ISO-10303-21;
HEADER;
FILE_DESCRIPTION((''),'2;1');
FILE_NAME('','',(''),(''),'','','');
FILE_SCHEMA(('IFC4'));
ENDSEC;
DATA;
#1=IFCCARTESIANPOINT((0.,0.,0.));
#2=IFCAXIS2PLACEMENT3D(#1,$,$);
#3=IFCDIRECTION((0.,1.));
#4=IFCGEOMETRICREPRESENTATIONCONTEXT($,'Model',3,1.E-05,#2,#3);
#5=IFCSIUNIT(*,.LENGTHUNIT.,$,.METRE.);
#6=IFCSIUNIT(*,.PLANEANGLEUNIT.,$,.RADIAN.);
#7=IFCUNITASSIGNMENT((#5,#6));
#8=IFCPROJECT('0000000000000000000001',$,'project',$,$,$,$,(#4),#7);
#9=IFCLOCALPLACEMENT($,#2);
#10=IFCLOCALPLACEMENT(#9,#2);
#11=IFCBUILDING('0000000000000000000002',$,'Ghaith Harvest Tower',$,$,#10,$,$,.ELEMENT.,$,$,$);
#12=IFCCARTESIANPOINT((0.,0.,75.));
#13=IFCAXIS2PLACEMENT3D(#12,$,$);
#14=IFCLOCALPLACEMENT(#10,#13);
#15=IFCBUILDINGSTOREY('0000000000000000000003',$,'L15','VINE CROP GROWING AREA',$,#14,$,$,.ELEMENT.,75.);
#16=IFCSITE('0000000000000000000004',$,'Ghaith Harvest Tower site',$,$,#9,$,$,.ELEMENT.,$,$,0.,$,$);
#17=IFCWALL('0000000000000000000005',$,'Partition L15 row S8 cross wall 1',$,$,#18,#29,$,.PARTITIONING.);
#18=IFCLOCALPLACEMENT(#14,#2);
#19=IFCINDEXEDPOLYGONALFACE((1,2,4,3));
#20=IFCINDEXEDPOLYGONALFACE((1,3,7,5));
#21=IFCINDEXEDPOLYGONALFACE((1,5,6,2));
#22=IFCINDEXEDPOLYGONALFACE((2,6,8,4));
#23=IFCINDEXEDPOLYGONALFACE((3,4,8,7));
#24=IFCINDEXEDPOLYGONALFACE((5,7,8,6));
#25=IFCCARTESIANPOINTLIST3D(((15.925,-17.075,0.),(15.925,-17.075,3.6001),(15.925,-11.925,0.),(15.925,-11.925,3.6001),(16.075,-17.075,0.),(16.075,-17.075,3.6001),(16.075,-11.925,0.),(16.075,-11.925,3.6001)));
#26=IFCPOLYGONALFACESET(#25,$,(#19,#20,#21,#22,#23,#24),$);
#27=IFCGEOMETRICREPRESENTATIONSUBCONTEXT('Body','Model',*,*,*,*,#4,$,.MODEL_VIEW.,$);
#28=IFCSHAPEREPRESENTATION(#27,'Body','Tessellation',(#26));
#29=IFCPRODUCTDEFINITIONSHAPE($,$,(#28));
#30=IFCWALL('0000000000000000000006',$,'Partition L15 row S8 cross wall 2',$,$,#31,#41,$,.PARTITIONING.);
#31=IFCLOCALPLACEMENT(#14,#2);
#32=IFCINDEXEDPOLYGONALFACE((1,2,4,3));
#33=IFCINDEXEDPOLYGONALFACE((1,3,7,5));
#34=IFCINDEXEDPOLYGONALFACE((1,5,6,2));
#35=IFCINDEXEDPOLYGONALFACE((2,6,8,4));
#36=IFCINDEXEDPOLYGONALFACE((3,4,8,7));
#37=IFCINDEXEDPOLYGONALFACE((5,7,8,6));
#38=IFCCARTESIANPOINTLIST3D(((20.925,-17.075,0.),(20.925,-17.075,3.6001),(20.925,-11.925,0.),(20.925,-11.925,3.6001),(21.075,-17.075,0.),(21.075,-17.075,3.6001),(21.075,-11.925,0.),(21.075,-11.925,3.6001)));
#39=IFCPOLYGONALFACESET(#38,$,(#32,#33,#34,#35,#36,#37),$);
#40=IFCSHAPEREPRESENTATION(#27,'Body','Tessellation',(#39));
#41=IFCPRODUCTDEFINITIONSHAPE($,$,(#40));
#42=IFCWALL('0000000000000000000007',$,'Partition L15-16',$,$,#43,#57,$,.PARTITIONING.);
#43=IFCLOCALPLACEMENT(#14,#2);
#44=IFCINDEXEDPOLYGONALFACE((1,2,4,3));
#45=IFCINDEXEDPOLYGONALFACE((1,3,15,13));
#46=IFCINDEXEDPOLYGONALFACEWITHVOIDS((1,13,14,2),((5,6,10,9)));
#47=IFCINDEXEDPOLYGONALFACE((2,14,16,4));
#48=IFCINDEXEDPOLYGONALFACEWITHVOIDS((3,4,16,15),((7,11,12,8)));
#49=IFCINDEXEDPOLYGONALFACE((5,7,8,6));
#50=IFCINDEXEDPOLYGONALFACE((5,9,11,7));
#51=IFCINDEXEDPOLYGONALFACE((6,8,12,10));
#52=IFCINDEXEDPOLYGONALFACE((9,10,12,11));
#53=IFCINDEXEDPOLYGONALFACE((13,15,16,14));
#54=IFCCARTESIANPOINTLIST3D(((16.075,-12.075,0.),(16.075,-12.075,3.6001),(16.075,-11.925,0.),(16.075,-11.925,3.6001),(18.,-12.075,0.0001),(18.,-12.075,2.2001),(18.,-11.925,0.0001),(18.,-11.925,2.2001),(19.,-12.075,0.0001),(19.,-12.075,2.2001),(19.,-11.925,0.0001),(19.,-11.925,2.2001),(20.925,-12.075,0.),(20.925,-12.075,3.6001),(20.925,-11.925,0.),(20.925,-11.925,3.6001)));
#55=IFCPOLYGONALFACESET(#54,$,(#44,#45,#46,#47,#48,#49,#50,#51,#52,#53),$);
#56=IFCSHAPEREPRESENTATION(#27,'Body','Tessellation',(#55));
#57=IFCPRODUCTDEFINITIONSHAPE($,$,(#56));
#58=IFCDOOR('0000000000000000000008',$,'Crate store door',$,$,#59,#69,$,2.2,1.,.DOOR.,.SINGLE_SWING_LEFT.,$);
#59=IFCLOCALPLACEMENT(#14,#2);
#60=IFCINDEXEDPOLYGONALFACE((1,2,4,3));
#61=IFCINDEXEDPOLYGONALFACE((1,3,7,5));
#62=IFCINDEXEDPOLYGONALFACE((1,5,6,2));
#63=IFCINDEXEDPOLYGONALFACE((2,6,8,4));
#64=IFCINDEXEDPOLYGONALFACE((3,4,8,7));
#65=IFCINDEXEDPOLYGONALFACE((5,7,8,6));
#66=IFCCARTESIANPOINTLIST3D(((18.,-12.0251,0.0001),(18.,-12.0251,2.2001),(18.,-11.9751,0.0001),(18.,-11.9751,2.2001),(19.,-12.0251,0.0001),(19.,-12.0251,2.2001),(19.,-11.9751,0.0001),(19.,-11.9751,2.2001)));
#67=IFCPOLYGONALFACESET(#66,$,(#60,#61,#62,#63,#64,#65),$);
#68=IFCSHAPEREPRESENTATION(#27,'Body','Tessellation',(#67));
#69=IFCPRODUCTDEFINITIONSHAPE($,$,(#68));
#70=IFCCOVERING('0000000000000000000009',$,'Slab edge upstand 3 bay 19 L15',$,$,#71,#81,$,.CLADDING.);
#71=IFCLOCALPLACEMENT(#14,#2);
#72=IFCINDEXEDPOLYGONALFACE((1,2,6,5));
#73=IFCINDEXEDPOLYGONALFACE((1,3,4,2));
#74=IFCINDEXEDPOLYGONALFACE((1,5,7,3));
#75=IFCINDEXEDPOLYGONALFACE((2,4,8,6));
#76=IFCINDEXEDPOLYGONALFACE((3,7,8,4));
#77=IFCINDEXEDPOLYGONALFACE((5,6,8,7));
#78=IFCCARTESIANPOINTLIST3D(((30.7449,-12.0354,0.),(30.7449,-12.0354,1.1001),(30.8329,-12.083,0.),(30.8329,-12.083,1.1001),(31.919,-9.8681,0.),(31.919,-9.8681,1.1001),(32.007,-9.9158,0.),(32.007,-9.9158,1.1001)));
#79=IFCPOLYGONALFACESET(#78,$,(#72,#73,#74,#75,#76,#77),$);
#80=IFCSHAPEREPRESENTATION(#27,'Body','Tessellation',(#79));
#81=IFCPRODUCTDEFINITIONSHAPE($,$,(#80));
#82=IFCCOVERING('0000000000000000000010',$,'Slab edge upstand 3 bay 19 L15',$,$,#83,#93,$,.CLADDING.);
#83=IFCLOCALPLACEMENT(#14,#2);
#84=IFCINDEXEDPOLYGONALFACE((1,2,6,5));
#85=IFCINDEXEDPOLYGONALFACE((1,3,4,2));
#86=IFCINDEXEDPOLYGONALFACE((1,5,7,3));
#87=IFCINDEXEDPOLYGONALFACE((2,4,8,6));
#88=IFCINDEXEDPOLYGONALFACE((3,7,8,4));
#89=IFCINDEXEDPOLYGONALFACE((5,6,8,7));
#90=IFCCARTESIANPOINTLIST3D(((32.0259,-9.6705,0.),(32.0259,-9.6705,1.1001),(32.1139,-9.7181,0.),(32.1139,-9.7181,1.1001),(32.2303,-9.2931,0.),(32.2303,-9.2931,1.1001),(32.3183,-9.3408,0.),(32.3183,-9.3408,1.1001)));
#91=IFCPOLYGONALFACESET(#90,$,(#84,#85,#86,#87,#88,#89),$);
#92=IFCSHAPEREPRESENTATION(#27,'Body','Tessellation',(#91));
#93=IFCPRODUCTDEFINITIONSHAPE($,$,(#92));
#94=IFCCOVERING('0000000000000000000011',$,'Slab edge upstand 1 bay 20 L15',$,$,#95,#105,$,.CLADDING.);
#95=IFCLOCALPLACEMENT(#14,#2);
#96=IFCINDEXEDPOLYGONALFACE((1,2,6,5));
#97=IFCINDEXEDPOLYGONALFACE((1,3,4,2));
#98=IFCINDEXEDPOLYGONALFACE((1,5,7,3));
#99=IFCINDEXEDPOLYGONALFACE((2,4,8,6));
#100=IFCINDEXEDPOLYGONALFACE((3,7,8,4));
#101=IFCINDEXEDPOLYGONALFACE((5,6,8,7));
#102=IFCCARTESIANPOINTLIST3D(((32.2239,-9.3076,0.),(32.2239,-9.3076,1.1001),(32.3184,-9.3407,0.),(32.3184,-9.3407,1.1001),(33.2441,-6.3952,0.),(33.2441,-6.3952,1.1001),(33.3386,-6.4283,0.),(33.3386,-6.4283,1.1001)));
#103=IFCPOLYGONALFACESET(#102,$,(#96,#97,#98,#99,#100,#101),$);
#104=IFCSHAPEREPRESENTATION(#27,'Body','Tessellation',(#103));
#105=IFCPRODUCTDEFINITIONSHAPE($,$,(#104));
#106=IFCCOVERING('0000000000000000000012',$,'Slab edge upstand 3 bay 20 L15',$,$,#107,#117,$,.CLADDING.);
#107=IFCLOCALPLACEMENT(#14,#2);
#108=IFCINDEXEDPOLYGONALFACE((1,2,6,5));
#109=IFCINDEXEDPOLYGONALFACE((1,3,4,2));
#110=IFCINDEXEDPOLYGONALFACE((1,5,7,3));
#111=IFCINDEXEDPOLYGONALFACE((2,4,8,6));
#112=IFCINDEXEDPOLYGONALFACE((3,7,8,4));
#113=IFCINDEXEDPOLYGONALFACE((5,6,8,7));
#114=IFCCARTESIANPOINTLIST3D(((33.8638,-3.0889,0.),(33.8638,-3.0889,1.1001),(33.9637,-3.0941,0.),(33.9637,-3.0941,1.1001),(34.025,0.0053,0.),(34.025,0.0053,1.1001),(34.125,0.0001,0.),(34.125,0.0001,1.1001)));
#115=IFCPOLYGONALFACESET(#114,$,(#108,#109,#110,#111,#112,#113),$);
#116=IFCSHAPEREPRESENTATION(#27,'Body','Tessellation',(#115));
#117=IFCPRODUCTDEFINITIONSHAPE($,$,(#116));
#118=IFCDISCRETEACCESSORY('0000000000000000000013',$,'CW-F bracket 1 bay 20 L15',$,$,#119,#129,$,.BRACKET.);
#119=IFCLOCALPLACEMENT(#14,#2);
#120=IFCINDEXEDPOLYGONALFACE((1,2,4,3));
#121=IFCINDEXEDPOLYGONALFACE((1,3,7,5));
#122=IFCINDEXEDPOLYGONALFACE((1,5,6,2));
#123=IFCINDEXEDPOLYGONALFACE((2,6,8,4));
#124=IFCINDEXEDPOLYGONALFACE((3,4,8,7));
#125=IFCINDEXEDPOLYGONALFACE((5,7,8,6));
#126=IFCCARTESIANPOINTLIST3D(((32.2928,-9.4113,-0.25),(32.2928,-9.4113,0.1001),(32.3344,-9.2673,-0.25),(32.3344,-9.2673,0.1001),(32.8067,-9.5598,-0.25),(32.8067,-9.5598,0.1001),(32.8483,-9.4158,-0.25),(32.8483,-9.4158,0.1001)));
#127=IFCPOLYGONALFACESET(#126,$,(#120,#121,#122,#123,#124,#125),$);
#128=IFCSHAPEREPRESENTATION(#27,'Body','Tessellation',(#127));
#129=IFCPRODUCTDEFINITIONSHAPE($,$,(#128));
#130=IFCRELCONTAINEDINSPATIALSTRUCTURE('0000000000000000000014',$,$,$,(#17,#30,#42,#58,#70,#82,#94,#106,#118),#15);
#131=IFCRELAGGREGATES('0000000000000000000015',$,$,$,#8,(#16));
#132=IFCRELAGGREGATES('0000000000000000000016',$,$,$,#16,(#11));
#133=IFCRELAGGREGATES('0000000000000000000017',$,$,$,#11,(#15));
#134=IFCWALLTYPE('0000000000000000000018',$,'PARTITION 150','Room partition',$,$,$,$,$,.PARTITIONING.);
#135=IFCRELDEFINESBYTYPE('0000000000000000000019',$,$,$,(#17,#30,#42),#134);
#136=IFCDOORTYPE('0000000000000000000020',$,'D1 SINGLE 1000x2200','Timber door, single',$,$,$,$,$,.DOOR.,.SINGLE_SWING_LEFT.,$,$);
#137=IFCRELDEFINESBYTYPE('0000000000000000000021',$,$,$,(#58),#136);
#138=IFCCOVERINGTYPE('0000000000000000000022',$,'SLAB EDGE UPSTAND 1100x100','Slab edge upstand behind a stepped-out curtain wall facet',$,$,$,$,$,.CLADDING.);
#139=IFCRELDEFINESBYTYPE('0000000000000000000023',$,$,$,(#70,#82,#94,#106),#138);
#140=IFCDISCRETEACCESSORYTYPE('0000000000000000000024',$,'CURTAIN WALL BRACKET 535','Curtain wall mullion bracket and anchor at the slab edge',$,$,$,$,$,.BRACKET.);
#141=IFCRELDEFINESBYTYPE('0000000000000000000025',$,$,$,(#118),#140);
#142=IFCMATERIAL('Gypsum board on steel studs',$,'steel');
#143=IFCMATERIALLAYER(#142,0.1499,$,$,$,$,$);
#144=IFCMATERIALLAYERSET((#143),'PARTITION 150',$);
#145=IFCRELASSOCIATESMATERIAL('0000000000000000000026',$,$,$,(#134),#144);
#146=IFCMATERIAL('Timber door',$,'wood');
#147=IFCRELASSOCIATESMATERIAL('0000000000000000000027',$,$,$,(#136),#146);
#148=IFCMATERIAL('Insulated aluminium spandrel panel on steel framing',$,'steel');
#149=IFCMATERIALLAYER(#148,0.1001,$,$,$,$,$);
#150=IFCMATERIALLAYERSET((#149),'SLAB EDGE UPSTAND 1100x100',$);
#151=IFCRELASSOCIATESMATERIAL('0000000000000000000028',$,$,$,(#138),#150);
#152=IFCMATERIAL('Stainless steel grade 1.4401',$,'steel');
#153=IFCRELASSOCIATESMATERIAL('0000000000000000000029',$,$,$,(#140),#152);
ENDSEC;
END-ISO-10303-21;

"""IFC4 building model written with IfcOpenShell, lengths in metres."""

from ifc_helpers import new_model, si_unit, direction, frame, frame_2d, origin, origin_2d, place, context, subcontext, project, spatial, rectangle, extrude, material, layer, layer_set, type_object, element, fill, save


model = new_model("IFC4")

# Units and contexts
model_context = context("Model", 3, precision=1e-05, world=origin(), true_north=direction((0.0, 1.0)))
body_context = subcontext(model_context, "Body", "Model", "MODEL_VIEW")
ifc_project = project(units=[si_unit("LENGTHUNIT", "METRE"), si_unit("PLANEANGLEUNIT", "RADIAN")], contexts=[model_context])

# Site, building, storey
site_placement = place(None, origin())
site = spatial("IfcSite", under=ifc_project, at=site_placement, Name="Ghaith Harvest Tower site", CompositionType="ELEMENT", RefElevation=0.0)
building_placement = place(site_placement, origin())
building = spatial("IfcBuilding", under=site, at=building_placement, Name="Ghaith Harvest Tower", CompositionType="ELEMENT")
storey_placement = place(building_placement, frame((0.0, 0.0, 75.0)))
storey = spatial("IfcBuildingStorey", under=building, at=storey_placement, Name="L15", Description="VINE CROP GROWING AREA", CompositionType="ELEMENT", Elevation=75.0)

# Shared definitions
ifc_material_1 = material(Name="Gypsum board on steel studs", Category="steel")
ifc_layer_1 = layer(ifc_material_1, 0.1499)
ifc_layer_set_1 = layer_set([ifc_layer_1], Name="PARTITION 150")
wall_type = type_object("IfcWallType", Name="PARTITION 150", Description="Room partition", PredefinedType="PARTITIONING", material=ifc_layer_set_1)

# Walls
for number, where, z_axis, x_axis, name in (
    (1, (16.0, -11.925, 0.0), (0.0, 0.0, 1.0), (0.0, -1.0, 0.0), "Partition L15 row S8 cross wall 1"),
    (2, (21.0, -11.925, 0.0), (0.0, 0.0, 1.0), (0.0, -1.0, 0.0), "Partition L15 row S8 cross wall 2"),
):
    element("IfcWall", number, at=place(storey_placement, frame(where, z_axis=z_axis, x_axis=x_axis)), inside=storey, type_object=wall_type, Name=name, PredefinedType="PARTITIONING", context=body_context, shape_type="SweptSolid", body=[
        extrude(rectangle(XDim=5.1499, YDim=0.1499, at=frame_2d((2.575, 0.0))), origin(), (0.0, 0.0, 1.0), 3.6001),
    ])

# Wall, opening, door
wall_1_placement = place(storey_placement, frame((16.075, -12.0, 0.0), z_axis=(0.0, 0.0, 1.0), x_axis=(1.0, 0.0, 0.0)))
wall_1 = element("IfcWall", 3, at=wall_1_placement, inside=storey, type_object=wall_type, Name="Partition L15-16", PredefinedType="PARTITIONING", context=body_context, shape_type="SweptSolid", body=[
    extrude(rectangle(XDim=4.8501, YDim=0.1499, at=frame_2d((2.425, 0.0))), origin(), (0.0, 0.0, 1.0), 3.6001),
])
opening_1_placement = place(wall_1_placement, frame((1.925, 0.0, 0.0)))
opening_1 = element("IfcOpeningElement", 4, at=opening_1_placement, cuts=wall_1, PredefinedType="OPENING", context=body_context, shape_type="SweptSolid", body=[
    extrude(rectangle(XDim=1.0, YDim=2.2, at=frame_2d((0.5, 1.1001))), frame((0.0, 0.085, 0.0), z_axis=(0.0, -1.0, 0.0), x_axis=(1.0, 0.0, 0.0)), (0.0, 0.0, 1.0), 0.1699),
])
ifc_material_2 = material(Name="Timber door", Category="wood")
door_type_1 = type_object("IfcDoorType", Name="D1 SINGLE 1000x2200", Description="Timber door, single", OperationType="SINGLE_SWING_LEFT", PredefinedType="DOOR", material=ifc_material_2)
door_1_placement = place(opening_1_placement, origin())
door_1 = element("IfcDoor", 5, at=door_1_placement, inside=storey, type_object=door_type_1, Name="Crate store door", OperationType="SINGLE_SWING_LEFT", OverallHeight=2.2, OverallWidth=1.0, PredefinedType="DOOR", context=body_context, shape_type="SweptSolid", body=[
    extrude(rectangle(XDim=1.0, YDim=2.2, at=frame_2d((0.5, 1.1001))), frame((0.0, 0.0249, 0.0), z_axis=(0.0, -1.0, 0.0), x_axis=(1.0, 0.0, 0.0)), (0.0, 0.0, 1.0), 0.05),
])
fill(opening_1, door_1)

# Coverings
ifc_material_3 = material(Name="Insulated aluminium spandrel panel on steel framing", Category="steel")
ifc_layer_2 = layer(ifc_material_3, 0.1001)
ifc_layer_set_2 = layer_set([ifc_layer_2], Name="SLAB EDGE UPSTAND 1100x100")
covering_type = type_object("IfcCoveringType", Name="SLAB EDGE UPSTAND 1100x100", Description="Slab edge upstand behind a stepped-out curtain wall facet", PredefinedType="CLADDING", material=ifc_layer_set_2)
covering_1_placement = place(storey_placement, frame((31.376, -10.9756, 0.0), z_axis=(0.0, 0.0, 1.0), x_axis=(0.476349, 0.879256, 0.0)))
element("IfcCovering", 6, at=covering_1_placement, inside=storey, type_object=covering_type, Name="Slab edge upstand 3 bay 19 L15", PredefinedType="CLADDING", context=body_context, shape_type="SweptSolid", body=[
    extrude(rectangle(XDim=2.4648, YDim=0.1001, at=origin_2d()), origin(), (0.0, 0.0, 1.0), 1.1001),
])
covering_2_placement = place(storey_placement, frame((32.1721, -9.5056, 0.0), z_axis=(0.0, 0.0, 1.0), x_axis=(0.476349, 0.879256, 0.0)))
element("IfcCovering", 7, at=covering_2_placement, inside=storey, type_object=covering_type, Name="Slab edge upstand 3 bay 19 L15", PredefinedType="CLADDING", context=body_context, shape_type="SweptSolid", body=[
    extrude(rectangle(XDim=0.4292, YDim=0.1001, at=origin_2d()), origin(), (0.0, 0.0, 1.0), 1.1001),
])
covering_3_placement = place(storey_placement, frame((32.7812, -7.8679, 0.0), z_axis=(0.0, 0.0, 1.0), x_axis=(0.330598, 0.943772, 0.0)))
element("IfcCovering", 8, at=covering_3_placement, inside=storey, type_object=covering_type, Name="Slab edge upstand 1 bay 20 L15", PredefinedType="CLADDING", context=body_context, shape_type="SweptSolid", body=[
    extrude(rectangle(XDim=3.0859, YDim=0.1001, at=origin_2d()), origin(), (0.0, 0.0, 1.0), 1.1001),
])
covering_4_placement = place(storey_placement, frame((33.9944, -1.5444, 0.0), z_axis=(0.0, 0.0, 1.0), x_axis=(0.052049, 0.998645, 0.0)))
element("IfcCovering", 9, at=covering_4_placement, inside=storey, type_object=covering_type, Name="Slab edge upstand 3 bay 20 L15", PredefinedType="CLADDING", context=body_context, shape_type="SweptSolid", body=[
    extrude(rectangle(XDim=3.0984, YDim=0.1001, at=origin_2d()), origin(), (0.0, 0.0, 1.0), 1.1001),
])

# Discrete accessory
ifc_material_4 = material(Name="Stainless steel grade 1.4401", Category="steel")
discrete_accessory_type = type_object("IfcDiscreteAccessoryType", Name="CURTAIN WALL BRACKET 535", Description="Curtain wall mullion bracket and anchor at the slab edge", PredefinedType="BRACKET", material=ifc_material_4)
discrete_accessory_placement = place(storey_placement, frame((32.5706, -9.4136, -0.25), z_axis=(0.0, 0.0, 1.0), x_axis=(0.96068, -0.277657, 0.0)))
element("IfcDiscreteAccessory", 10, at=discrete_accessory_placement, inside=storey, type_object=discrete_accessory_type, Name="CW-F bracket 1 bay 20 L15", PredefinedType="BRACKET", context=body_context, shape_type="SweptSolid", body=[
    extrude(rectangle(XDim=0.5349, YDim=0.1499, at=origin_2d()), origin(), (0.0, 0.0, 1.0), 0.3501),
])

save(model, "model.ifc")
